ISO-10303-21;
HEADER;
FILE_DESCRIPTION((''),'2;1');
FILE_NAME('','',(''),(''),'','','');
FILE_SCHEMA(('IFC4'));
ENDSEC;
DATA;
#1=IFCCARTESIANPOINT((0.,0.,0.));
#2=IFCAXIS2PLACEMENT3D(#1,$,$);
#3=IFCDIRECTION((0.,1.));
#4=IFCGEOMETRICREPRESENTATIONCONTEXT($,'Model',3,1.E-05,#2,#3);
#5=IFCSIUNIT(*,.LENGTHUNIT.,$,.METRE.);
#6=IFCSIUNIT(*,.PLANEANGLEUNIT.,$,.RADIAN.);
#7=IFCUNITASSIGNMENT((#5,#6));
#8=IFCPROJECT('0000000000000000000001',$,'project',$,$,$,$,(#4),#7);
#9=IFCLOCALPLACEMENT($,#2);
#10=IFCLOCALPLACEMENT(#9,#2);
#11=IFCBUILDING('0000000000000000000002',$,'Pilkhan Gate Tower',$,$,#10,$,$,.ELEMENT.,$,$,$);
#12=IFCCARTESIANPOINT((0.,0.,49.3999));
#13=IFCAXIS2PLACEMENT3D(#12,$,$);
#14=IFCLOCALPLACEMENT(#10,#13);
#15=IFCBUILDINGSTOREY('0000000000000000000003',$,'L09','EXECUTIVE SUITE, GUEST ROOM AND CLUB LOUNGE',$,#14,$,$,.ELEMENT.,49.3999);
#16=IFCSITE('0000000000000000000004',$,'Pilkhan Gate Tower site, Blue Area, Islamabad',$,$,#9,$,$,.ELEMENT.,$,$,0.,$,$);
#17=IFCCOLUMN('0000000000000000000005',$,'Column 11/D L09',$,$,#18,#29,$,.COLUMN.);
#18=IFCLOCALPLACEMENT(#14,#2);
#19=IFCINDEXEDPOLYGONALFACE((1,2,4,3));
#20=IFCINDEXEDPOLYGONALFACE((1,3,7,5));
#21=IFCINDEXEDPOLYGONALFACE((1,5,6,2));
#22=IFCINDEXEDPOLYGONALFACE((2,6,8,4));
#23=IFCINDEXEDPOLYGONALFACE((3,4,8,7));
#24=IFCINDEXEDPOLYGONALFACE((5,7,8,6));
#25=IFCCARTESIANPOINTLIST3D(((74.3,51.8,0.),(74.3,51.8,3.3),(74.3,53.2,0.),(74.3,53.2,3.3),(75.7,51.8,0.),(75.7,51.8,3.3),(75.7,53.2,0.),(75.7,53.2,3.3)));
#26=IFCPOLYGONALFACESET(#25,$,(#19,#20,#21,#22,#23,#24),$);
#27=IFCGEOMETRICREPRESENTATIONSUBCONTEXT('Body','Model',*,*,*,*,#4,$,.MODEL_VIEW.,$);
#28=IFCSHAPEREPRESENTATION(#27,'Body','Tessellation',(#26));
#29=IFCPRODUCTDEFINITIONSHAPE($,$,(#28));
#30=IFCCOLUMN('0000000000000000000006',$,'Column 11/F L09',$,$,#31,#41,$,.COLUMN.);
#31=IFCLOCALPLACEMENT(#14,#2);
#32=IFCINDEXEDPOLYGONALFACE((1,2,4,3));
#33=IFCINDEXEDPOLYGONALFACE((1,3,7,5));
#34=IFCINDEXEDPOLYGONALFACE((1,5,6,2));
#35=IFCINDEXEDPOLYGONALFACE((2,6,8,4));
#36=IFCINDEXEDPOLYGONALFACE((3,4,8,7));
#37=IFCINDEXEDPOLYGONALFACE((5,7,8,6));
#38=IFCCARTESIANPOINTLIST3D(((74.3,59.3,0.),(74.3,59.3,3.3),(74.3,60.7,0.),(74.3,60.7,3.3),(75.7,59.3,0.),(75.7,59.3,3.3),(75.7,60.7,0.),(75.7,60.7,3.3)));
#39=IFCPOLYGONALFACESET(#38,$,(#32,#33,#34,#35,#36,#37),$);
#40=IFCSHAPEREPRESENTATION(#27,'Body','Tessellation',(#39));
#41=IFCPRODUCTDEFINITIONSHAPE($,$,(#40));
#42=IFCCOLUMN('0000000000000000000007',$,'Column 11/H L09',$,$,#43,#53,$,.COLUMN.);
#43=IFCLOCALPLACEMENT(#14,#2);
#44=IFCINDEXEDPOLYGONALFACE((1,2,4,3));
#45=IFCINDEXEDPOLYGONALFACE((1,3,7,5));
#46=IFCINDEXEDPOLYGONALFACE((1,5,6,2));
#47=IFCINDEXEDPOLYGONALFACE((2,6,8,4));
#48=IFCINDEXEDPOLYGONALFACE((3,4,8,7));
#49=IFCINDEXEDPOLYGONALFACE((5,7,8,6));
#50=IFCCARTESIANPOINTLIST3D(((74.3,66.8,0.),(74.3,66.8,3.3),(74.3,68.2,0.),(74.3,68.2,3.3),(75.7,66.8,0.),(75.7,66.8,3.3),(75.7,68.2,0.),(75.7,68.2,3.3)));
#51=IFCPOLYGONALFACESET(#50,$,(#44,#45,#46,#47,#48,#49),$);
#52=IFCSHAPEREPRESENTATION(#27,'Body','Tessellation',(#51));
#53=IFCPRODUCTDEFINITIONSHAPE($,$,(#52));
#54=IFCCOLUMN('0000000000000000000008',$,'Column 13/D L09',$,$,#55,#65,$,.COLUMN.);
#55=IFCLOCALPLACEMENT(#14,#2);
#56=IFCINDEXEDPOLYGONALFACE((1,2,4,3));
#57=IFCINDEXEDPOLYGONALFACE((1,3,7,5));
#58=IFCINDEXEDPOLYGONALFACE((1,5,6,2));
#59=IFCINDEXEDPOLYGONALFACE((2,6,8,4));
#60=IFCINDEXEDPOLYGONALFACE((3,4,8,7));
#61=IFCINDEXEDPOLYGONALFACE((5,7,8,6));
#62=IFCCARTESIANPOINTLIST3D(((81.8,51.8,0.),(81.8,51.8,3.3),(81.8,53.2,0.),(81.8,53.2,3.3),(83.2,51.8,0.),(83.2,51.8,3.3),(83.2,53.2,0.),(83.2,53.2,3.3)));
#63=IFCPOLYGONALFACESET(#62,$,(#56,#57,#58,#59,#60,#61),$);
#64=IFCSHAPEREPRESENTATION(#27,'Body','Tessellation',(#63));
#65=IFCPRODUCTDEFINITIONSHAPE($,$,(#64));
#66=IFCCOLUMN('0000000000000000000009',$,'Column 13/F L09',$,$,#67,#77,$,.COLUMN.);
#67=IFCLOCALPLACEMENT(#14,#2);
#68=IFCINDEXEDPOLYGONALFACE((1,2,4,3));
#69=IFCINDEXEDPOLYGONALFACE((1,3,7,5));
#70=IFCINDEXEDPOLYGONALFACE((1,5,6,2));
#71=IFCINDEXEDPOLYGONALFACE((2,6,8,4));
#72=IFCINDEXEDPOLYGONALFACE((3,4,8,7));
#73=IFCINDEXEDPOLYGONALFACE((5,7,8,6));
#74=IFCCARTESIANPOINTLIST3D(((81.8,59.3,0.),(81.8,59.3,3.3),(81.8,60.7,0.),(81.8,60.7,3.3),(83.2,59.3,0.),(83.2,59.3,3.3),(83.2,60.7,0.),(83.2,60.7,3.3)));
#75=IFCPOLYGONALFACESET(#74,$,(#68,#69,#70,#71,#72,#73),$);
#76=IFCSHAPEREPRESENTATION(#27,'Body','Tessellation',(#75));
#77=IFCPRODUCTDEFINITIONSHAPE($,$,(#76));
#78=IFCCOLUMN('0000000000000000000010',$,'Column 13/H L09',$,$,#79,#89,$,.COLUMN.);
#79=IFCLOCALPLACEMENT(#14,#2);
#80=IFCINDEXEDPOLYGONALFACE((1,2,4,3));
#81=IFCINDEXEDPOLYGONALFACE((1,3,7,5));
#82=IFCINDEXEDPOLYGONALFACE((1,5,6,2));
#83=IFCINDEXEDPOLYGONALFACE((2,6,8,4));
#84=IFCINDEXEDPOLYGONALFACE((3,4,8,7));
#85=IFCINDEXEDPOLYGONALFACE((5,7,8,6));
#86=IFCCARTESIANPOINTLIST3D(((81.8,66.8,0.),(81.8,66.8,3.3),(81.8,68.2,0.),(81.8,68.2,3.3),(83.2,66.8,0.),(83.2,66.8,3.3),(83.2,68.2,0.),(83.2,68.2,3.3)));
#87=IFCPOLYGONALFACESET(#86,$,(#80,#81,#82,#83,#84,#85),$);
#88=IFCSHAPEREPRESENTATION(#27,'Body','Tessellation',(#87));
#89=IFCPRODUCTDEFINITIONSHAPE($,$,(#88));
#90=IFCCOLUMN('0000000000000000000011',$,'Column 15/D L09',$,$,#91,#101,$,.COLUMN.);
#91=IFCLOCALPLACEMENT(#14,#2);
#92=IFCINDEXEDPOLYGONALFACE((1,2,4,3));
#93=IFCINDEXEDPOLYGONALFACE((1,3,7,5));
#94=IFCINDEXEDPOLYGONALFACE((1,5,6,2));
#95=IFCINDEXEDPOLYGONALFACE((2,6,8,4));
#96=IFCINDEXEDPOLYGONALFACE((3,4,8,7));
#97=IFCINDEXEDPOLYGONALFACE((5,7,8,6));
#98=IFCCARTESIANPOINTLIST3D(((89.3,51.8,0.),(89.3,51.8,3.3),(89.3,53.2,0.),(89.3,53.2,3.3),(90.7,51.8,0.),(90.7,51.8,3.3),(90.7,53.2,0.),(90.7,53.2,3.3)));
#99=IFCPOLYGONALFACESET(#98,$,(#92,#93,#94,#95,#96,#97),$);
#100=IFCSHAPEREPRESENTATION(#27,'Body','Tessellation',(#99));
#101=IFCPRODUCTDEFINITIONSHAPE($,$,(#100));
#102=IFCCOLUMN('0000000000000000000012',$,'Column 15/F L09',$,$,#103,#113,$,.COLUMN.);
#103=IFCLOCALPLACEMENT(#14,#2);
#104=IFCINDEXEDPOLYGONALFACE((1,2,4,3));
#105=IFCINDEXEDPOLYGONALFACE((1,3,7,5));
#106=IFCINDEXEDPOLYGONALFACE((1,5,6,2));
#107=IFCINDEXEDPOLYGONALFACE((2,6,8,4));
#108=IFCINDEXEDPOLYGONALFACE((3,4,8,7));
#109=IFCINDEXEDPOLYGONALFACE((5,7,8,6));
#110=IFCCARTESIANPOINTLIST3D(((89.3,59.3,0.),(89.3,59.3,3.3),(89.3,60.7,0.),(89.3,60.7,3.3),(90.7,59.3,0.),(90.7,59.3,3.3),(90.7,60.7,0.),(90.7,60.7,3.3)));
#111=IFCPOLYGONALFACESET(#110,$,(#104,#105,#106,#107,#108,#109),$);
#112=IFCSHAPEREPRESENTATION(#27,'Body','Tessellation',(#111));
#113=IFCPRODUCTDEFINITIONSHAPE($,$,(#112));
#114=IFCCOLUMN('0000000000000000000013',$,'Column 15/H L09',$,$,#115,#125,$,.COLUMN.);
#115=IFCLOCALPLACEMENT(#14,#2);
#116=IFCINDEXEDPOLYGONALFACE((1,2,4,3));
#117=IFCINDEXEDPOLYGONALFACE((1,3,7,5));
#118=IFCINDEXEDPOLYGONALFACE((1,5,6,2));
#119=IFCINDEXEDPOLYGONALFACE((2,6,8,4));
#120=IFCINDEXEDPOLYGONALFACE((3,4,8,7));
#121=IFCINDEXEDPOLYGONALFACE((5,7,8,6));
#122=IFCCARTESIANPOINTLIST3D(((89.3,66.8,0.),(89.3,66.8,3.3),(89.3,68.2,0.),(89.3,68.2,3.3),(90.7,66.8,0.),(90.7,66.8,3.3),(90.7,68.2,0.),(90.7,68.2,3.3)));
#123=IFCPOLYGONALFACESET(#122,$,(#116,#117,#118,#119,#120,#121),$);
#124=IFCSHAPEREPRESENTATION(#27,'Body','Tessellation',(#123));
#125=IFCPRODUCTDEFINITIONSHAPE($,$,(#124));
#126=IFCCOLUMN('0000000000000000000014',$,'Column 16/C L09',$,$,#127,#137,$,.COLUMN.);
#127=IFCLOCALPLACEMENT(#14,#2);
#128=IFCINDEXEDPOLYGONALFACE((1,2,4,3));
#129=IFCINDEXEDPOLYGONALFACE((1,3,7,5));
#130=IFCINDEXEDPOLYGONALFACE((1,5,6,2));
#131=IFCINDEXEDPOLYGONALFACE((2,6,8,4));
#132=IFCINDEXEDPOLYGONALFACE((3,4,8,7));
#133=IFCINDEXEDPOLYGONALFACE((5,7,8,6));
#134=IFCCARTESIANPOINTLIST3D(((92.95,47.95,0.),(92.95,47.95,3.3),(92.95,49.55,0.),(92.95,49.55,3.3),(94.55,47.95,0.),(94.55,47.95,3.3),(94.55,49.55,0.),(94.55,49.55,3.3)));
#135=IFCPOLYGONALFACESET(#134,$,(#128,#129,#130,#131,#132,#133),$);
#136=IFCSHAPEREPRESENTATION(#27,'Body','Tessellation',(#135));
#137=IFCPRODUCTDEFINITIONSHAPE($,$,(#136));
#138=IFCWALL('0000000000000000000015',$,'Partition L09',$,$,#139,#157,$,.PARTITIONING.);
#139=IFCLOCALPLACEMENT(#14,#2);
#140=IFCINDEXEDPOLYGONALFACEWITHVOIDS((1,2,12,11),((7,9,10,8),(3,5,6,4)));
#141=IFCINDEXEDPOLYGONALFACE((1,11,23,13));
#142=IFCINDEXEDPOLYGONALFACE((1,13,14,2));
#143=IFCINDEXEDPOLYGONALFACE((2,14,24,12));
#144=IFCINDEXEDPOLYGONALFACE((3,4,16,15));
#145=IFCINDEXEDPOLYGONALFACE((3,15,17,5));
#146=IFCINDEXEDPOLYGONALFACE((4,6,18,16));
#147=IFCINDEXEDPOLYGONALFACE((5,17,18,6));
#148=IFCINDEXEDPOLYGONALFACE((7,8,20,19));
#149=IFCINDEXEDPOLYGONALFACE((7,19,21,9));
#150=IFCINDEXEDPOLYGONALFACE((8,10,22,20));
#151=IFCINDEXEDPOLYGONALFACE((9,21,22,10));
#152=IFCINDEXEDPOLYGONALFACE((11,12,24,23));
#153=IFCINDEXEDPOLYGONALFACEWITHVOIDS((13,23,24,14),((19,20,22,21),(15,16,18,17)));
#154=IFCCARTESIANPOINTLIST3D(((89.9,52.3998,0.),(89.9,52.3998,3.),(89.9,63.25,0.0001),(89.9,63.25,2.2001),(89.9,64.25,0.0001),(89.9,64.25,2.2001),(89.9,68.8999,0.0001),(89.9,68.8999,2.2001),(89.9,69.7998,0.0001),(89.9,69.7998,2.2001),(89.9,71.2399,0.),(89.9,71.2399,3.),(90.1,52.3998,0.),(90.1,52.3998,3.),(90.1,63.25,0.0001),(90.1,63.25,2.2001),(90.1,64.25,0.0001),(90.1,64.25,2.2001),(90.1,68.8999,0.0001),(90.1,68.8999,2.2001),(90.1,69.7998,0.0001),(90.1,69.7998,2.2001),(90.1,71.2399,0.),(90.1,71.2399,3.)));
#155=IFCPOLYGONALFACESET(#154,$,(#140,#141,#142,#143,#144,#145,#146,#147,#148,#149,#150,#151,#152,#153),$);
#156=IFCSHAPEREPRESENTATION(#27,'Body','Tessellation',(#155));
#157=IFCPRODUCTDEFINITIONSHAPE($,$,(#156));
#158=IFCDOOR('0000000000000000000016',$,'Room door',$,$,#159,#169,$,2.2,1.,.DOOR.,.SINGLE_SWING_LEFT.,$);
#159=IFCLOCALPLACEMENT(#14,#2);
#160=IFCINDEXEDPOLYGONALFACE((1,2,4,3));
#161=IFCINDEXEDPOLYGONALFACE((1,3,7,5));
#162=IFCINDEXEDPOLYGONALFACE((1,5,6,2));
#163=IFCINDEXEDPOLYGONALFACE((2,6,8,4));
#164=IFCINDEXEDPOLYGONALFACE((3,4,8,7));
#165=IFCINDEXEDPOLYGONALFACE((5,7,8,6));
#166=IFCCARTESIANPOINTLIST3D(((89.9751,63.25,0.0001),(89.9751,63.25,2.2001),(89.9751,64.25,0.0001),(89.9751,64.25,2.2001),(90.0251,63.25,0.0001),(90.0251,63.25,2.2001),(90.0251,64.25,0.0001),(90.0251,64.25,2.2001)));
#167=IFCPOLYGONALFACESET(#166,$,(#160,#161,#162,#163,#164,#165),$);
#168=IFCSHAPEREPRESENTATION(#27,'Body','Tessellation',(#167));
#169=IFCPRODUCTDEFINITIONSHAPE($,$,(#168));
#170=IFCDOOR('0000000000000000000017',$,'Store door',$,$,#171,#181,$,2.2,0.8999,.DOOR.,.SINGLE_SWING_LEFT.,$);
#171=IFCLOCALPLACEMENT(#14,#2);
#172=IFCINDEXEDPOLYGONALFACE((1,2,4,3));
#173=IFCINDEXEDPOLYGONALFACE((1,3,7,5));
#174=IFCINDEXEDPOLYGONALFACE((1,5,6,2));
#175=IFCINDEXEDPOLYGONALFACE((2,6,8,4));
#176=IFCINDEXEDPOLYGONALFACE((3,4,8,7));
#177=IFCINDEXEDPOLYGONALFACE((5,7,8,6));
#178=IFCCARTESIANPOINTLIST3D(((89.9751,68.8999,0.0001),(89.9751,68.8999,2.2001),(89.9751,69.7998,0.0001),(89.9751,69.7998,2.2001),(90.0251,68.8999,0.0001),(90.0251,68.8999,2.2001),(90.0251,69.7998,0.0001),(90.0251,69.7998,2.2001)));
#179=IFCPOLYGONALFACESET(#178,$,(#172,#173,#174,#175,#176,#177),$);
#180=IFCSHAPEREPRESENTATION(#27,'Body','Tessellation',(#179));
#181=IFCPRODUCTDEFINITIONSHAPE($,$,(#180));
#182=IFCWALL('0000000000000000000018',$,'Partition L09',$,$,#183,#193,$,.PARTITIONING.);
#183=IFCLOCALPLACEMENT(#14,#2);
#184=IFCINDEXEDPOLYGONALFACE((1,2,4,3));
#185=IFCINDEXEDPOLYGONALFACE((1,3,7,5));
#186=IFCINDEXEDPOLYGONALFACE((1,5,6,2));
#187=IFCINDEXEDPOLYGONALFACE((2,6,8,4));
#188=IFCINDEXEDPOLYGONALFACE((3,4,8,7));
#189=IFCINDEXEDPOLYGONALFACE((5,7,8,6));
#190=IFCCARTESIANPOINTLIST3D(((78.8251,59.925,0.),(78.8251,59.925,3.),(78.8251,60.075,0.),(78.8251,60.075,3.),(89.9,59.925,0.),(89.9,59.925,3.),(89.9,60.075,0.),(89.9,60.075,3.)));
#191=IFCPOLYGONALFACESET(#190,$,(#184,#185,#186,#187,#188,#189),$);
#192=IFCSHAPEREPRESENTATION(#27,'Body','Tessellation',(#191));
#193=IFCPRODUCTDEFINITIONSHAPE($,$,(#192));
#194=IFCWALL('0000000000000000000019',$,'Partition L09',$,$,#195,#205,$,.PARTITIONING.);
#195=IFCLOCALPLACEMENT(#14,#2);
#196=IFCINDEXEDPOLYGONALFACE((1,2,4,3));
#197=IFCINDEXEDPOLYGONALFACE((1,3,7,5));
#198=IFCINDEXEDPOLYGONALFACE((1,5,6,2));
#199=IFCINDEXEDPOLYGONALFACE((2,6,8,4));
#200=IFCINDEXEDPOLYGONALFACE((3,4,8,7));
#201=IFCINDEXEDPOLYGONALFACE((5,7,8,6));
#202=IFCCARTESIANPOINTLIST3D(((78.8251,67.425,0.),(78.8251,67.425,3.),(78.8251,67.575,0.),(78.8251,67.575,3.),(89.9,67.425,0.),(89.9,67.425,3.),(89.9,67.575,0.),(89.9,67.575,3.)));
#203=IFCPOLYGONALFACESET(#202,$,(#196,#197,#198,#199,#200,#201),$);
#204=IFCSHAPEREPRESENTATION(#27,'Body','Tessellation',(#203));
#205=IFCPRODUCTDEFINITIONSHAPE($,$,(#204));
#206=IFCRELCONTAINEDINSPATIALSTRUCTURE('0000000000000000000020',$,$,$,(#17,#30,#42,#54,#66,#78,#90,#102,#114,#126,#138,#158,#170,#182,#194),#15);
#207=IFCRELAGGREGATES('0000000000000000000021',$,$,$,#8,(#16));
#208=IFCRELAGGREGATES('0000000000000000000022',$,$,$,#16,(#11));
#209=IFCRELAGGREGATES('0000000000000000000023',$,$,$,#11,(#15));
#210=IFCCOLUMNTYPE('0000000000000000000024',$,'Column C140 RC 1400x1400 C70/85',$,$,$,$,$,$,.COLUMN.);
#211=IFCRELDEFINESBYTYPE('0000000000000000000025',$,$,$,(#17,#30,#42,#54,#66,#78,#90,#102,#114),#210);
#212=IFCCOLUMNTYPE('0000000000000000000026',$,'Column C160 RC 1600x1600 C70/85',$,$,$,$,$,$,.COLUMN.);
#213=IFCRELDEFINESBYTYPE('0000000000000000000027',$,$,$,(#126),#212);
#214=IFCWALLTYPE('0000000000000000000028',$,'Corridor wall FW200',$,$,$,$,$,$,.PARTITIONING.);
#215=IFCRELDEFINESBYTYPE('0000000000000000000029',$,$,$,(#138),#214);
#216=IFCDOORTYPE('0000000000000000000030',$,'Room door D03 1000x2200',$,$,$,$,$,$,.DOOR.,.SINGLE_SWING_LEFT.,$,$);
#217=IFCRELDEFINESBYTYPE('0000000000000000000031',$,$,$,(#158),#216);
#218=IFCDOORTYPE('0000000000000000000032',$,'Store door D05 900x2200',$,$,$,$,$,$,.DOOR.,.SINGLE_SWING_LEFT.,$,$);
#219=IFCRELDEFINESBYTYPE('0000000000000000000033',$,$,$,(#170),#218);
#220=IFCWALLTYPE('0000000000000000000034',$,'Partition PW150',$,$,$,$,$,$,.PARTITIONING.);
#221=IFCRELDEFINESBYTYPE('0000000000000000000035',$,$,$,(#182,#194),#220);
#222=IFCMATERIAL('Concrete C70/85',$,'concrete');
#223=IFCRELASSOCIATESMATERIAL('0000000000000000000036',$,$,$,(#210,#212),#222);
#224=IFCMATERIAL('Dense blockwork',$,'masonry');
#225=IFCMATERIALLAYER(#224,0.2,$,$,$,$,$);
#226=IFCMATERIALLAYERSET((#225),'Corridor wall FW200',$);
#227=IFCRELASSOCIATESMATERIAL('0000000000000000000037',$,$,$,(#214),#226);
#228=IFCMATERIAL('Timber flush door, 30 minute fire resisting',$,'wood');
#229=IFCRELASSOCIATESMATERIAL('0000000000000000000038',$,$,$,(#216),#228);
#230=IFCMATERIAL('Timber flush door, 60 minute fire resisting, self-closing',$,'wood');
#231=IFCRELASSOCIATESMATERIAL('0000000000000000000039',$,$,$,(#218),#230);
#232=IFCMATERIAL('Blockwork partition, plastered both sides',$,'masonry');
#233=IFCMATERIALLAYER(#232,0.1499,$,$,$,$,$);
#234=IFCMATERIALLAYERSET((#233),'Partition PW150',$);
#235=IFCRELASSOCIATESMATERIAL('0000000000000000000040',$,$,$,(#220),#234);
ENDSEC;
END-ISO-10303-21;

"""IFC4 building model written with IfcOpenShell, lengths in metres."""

from ifc_helpers import new_model, si_unit, direction, frame, frame_2d, origin, origin_2d, place, context, subcontext, project, spatial, rectangle, extrude, material, layer, layer_set, material_profile, profile_set, type_object, element, fill, save


model = new_model("IFC4")

# Units and contexts
model_context = context("Model", 3, precision=1e-05, world=origin(), true_north=direction((0.0, 1.0)))
body_context = subcontext(model_context, "Body", "Model", "MODEL_VIEW")
ifc_project = project(units=[si_unit("LENGTHUNIT", "METRE"), si_unit("PLANEANGLEUNIT", "RADIAN")], contexts=[model_context])

# Site, building, storey
site_placement = place(None, origin())
site = spatial("IfcSite", under=ifc_project, at=site_placement, Name="Pilkhan Gate Tower site, Blue Area, Islamabad", CompositionType="ELEMENT", RefElevation=0.0)
building_placement = place(site_placement, origin())
building = spatial("IfcBuilding", under=site, at=building_placement, Name="Pilkhan Gate Tower", CompositionType="ELEMENT")
storey_placement = place(building_placement, frame((0.0, 0.0, 49.3999)))
storey = spatial("IfcBuildingStorey", under=building, at=storey_placement, Name="L09", Description="EXECUTIVE SUITE, GUEST ROOM AND CLUB LOUNGE", CompositionType="ELEMENT", Elevation=49.3999)

# Columns
ifc_material_1 = material(Name="Concrete C70/85", Category="concrete")
ifc_material_profile_1 = material_profile(ifc_material_1, rectangle(XDim=1.3999, YDim=1.3999, at=origin_2d()), Name="RC 1400x1400")
ifc_profile_set_1 = profile_set([ifc_material_profile_1], Name="Concrete C70/85")
column_type_1 = type_object("IfcColumnType", Name="Column C140 RC 1400x1400 C70/85", PredefinedType="COLUMN", material=ifc_profile_set_1)
for number, where, z_axis, x_axis, name in (
    (1, (75.0, 52.5, 0.0), (0.0, 0.0, 1.0), (1.0, 0.0, 0.0), "Column 11/D L09"),
    (2, (75.0, 60.0, 0.0), (0.0, 0.0, 1.0), (1.0, 0.0, 0.0), "Column 11/F L09"),
    (3, (75.0, 67.5, 0.0), (0.0, 0.0, 1.0), (1.0, 0.0, 0.0), "Column 11/H L09"),
    (4, (82.5, 52.5, 0.0), (0.0, 0.0, 1.0), (1.0, 0.0, 0.0), "Column 13/D L09"),
    (5, (82.5, 60.0, 0.0), (0.0, 0.0, 1.0), (1.0, 0.0, 0.0), "Column 13/F L09"),
    (6, (82.5, 67.5, 0.0), (0.0, 0.0, 1.0), (1.0, 0.0, 0.0), "Column 13/H L09"),
    (7, (90.0, 52.5, 0.0), (0.0, 0.0, 1.0), (1.0, 0.0, 0.0), "Column 15/D L09"),
    (8, (90.0, 60.0, 0.0), (0.0, 0.0, 1.0), (1.0, 0.0, 0.0), "Column 15/F L09"),
    (9, (90.0, 67.5, 0.0), (0.0, 0.0, 1.0), (1.0, 0.0, 0.0), "Column 15/H L09"),
):
    element("IfcColumn", number, at=place(storey_placement, frame(where, z_axis=z_axis, x_axis=x_axis)), inside=storey, type_object=column_type_1, Name=name, PredefinedType="COLUMN", context=body_context, shape_type="SweptSolid", body=[
        extrude(rectangle(XDim=1.3999, YDim=1.3999, at=origin_2d()), origin(), (0.0, 0.0, 1.0), 3.3),
    ])
ifc_material_profile_2 = material_profile(ifc_material_1, rectangle(XDim=1.6001, YDim=1.6001, at=origin_2d()), Name="RC 1600x1600")
ifc_profile_set_2 = profile_set([ifc_material_profile_2], Name="Concrete C70/85")
column_type_2 = type_object("IfcColumnType", Name="Column C160 RC 1600x1600 C70/85", PredefinedType="COLUMN", material=ifc_profile_set_2)
column_placement = place(storey_placement, frame((93.75, 48.75, 0.0), z_axis=(0.0, 0.0, 1.0), x_axis=(1.0, 0.0, 0.0)))
element("IfcColumn", 10, at=column_placement, inside=storey, type_object=column_type_2, Name="Column 16/C L09", PredefinedType="COLUMN", context=body_context, shape_type="SweptSolid", body=[
    extrude(rectangle(XDim=1.6001, YDim=1.6001, at=origin_2d()), origin(), (0.0, 0.0, 1.0), 3.3),
])

# Wall, openings, doors
ifc_material_2 = material(Name="Dense blockwork", Category="masonry")
ifc_layer_1 = layer(ifc_material_2, 0.2)
ifc_layer_set_1 = layer_set([ifc_layer_1], Name="Corridor wall FW200")
wall_type_1 = type_object("IfcWallType", Name="Corridor wall FW200", PredefinedType="PARTITIONING", material=ifc_layer_set_1)
wall_1_placement = place(storey_placement, frame((90.0, 52.3999, 0.0), z_axis=(0.0, 0.0, 1.0), x_axis=(0.0, 1.0, 0.0)))
wall_1 = element("IfcWall", 11, at=wall_1_placement, inside=storey, type_object=wall_type_1, Name="Partition L09", PredefinedType="PARTITIONING", context=body_context, shape_type="SweptSolid", body=[
    extrude(rectangle(XDim=18.8401, YDim=0.2, at=frame_2d((9.4199, 0.0))), origin(), (0.0, 0.0, 1.0), 3.0),
])
opening_1_placement = place(wall_1_placement, frame((10.8501, 0.0, 0.0)))
opening_1 = element("IfcOpeningElement", 12, at=opening_1_placement, cuts=wall_1, PredefinedType="OPENING", context=body_context, shape_type="SweptSolid", body=[
    extrude(rectangle(XDim=1.0, YDim=2.2, at=frame_2d((0.5, 1.1001))), frame((0.0, 0.1099, 0.0), z_axis=(0.0, -1.0, 0.0), x_axis=(1.0, 0.0, 0.0)), (0.0, 0.0, 1.0), 0.22),
])
opening_2_placement = place(wall_1_placement, frame((16.5, 0.0, 0.0)))
opening_2 = element("IfcOpeningElement", 13, at=opening_2_placement, cuts=wall_1, PredefinedType="OPENING", context=body_context, shape_type="SweptSolid", body=[
    extrude(rectangle(XDim=0.8999, YDim=2.2, at=frame_2d((0.45, 1.1001))), frame((0.0, 0.1099, 0.0), z_axis=(0.0, -1.0, 0.0), x_axis=(1.0, 0.0, 0.0)), (0.0, 0.0, 1.0), 0.22),
])
ifc_material_3 = material(Name="Timber flush door, 30 minute fire resisting", Category="wood")
door_type_1 = type_object("IfcDoorType", Name="Room door D03 1000x2200", OperationType="SINGLE_SWING_LEFT", PredefinedType="DOOR", material=ifc_material_3)
door_1_placement = place(opening_1_placement, origin())
door_1 = element("IfcDoor", 14, at=door_1_placement, inside=storey, type_object=door_type_1, Name="Room door", OperationType="SINGLE_SWING_LEFT", OverallHeight=2.2, OverallWidth=1.0, PredefinedType="DOOR", context=body_context, shape_type="SweptSolid", body=[
    extrude(rectangle(XDim=1.0, YDim=2.2, at=frame_2d((0.5, 1.1001))), frame((0.0, 0.0249, 0.0), z_axis=(0.0, -1.0, 0.0), x_axis=(1.0, 0.0, 0.0)), (0.0, 0.0, 1.0), 0.05),
])
fill(opening_1, door_1)
ifc_material_4 = material(Name="Timber flush door, 60 minute fire resisting, self-closing", Category="wood")
door_type_2 = type_object("IfcDoorType", Name="Store door D05 900x2200", OperationType="SINGLE_SWING_LEFT", PredefinedType="DOOR", material=ifc_material_4)
door_2_placement = place(opening_2_placement, origin())
door_2 = element("IfcDoor", 15, at=door_2_placement, inside=storey, type_object=door_type_2, Name="Store door", OperationType="SINGLE_SWING_LEFT", OverallHeight=2.2, OverallWidth=0.8999, PredefinedType="DOOR", context=body_context, shape_type="SweptSolid", body=[
    extrude(rectangle(XDim=0.8999, YDim=2.2, at=frame_2d((0.45, 1.1001))), frame((0.0, 0.0249, 0.0), z_axis=(0.0, -1.0, 0.0), x_axis=(1.0, 0.0, 0.0)), (0.0, 0.0, 1.0), 0.05),
])
fill(opening_2, door_2)

# Walls
ifc_material_5 = material(Name="Blockwork partition, plastered both sides", Category="masonry")
ifc_layer_2 = layer(ifc_material_5, 0.1499)
ifc_layer_set_2 = layer_set([ifc_layer_2], Name="Partition PW150")
wall_type_2 = type_object("IfcWallType", Name="Partition PW150", PredefinedType="PARTITIONING", material=ifc_layer_set_2)
for number, where, z_axis, x_axis, name in (
    (16, (78.825, 60.0, 0.0), (0.0, 0.0, 1.0), (1.0, 0.0, 0.0), "Partition L09"),
    (17, (78.825, 67.5, 0.0), (0.0, 0.0, 1.0), (1.0, 0.0, 0.0), "Partition L09"),
):
    element("IfcWall", number, at=place(storey_placement, frame(where, z_axis=z_axis, x_axis=x_axis)), inside=storey, type_object=wall_type_2, Name=name, PredefinedType="PARTITIONING", context=body_context, shape_type="SweptSolid", body=[
        extrude(rectangle(XDim=11.075, YDim=0.1499, at=frame_2d((5.5376, 0.0))), origin(), (0.0, 0.0, 1.0), 3.0),
    ])

save(model, "model.ifc")
